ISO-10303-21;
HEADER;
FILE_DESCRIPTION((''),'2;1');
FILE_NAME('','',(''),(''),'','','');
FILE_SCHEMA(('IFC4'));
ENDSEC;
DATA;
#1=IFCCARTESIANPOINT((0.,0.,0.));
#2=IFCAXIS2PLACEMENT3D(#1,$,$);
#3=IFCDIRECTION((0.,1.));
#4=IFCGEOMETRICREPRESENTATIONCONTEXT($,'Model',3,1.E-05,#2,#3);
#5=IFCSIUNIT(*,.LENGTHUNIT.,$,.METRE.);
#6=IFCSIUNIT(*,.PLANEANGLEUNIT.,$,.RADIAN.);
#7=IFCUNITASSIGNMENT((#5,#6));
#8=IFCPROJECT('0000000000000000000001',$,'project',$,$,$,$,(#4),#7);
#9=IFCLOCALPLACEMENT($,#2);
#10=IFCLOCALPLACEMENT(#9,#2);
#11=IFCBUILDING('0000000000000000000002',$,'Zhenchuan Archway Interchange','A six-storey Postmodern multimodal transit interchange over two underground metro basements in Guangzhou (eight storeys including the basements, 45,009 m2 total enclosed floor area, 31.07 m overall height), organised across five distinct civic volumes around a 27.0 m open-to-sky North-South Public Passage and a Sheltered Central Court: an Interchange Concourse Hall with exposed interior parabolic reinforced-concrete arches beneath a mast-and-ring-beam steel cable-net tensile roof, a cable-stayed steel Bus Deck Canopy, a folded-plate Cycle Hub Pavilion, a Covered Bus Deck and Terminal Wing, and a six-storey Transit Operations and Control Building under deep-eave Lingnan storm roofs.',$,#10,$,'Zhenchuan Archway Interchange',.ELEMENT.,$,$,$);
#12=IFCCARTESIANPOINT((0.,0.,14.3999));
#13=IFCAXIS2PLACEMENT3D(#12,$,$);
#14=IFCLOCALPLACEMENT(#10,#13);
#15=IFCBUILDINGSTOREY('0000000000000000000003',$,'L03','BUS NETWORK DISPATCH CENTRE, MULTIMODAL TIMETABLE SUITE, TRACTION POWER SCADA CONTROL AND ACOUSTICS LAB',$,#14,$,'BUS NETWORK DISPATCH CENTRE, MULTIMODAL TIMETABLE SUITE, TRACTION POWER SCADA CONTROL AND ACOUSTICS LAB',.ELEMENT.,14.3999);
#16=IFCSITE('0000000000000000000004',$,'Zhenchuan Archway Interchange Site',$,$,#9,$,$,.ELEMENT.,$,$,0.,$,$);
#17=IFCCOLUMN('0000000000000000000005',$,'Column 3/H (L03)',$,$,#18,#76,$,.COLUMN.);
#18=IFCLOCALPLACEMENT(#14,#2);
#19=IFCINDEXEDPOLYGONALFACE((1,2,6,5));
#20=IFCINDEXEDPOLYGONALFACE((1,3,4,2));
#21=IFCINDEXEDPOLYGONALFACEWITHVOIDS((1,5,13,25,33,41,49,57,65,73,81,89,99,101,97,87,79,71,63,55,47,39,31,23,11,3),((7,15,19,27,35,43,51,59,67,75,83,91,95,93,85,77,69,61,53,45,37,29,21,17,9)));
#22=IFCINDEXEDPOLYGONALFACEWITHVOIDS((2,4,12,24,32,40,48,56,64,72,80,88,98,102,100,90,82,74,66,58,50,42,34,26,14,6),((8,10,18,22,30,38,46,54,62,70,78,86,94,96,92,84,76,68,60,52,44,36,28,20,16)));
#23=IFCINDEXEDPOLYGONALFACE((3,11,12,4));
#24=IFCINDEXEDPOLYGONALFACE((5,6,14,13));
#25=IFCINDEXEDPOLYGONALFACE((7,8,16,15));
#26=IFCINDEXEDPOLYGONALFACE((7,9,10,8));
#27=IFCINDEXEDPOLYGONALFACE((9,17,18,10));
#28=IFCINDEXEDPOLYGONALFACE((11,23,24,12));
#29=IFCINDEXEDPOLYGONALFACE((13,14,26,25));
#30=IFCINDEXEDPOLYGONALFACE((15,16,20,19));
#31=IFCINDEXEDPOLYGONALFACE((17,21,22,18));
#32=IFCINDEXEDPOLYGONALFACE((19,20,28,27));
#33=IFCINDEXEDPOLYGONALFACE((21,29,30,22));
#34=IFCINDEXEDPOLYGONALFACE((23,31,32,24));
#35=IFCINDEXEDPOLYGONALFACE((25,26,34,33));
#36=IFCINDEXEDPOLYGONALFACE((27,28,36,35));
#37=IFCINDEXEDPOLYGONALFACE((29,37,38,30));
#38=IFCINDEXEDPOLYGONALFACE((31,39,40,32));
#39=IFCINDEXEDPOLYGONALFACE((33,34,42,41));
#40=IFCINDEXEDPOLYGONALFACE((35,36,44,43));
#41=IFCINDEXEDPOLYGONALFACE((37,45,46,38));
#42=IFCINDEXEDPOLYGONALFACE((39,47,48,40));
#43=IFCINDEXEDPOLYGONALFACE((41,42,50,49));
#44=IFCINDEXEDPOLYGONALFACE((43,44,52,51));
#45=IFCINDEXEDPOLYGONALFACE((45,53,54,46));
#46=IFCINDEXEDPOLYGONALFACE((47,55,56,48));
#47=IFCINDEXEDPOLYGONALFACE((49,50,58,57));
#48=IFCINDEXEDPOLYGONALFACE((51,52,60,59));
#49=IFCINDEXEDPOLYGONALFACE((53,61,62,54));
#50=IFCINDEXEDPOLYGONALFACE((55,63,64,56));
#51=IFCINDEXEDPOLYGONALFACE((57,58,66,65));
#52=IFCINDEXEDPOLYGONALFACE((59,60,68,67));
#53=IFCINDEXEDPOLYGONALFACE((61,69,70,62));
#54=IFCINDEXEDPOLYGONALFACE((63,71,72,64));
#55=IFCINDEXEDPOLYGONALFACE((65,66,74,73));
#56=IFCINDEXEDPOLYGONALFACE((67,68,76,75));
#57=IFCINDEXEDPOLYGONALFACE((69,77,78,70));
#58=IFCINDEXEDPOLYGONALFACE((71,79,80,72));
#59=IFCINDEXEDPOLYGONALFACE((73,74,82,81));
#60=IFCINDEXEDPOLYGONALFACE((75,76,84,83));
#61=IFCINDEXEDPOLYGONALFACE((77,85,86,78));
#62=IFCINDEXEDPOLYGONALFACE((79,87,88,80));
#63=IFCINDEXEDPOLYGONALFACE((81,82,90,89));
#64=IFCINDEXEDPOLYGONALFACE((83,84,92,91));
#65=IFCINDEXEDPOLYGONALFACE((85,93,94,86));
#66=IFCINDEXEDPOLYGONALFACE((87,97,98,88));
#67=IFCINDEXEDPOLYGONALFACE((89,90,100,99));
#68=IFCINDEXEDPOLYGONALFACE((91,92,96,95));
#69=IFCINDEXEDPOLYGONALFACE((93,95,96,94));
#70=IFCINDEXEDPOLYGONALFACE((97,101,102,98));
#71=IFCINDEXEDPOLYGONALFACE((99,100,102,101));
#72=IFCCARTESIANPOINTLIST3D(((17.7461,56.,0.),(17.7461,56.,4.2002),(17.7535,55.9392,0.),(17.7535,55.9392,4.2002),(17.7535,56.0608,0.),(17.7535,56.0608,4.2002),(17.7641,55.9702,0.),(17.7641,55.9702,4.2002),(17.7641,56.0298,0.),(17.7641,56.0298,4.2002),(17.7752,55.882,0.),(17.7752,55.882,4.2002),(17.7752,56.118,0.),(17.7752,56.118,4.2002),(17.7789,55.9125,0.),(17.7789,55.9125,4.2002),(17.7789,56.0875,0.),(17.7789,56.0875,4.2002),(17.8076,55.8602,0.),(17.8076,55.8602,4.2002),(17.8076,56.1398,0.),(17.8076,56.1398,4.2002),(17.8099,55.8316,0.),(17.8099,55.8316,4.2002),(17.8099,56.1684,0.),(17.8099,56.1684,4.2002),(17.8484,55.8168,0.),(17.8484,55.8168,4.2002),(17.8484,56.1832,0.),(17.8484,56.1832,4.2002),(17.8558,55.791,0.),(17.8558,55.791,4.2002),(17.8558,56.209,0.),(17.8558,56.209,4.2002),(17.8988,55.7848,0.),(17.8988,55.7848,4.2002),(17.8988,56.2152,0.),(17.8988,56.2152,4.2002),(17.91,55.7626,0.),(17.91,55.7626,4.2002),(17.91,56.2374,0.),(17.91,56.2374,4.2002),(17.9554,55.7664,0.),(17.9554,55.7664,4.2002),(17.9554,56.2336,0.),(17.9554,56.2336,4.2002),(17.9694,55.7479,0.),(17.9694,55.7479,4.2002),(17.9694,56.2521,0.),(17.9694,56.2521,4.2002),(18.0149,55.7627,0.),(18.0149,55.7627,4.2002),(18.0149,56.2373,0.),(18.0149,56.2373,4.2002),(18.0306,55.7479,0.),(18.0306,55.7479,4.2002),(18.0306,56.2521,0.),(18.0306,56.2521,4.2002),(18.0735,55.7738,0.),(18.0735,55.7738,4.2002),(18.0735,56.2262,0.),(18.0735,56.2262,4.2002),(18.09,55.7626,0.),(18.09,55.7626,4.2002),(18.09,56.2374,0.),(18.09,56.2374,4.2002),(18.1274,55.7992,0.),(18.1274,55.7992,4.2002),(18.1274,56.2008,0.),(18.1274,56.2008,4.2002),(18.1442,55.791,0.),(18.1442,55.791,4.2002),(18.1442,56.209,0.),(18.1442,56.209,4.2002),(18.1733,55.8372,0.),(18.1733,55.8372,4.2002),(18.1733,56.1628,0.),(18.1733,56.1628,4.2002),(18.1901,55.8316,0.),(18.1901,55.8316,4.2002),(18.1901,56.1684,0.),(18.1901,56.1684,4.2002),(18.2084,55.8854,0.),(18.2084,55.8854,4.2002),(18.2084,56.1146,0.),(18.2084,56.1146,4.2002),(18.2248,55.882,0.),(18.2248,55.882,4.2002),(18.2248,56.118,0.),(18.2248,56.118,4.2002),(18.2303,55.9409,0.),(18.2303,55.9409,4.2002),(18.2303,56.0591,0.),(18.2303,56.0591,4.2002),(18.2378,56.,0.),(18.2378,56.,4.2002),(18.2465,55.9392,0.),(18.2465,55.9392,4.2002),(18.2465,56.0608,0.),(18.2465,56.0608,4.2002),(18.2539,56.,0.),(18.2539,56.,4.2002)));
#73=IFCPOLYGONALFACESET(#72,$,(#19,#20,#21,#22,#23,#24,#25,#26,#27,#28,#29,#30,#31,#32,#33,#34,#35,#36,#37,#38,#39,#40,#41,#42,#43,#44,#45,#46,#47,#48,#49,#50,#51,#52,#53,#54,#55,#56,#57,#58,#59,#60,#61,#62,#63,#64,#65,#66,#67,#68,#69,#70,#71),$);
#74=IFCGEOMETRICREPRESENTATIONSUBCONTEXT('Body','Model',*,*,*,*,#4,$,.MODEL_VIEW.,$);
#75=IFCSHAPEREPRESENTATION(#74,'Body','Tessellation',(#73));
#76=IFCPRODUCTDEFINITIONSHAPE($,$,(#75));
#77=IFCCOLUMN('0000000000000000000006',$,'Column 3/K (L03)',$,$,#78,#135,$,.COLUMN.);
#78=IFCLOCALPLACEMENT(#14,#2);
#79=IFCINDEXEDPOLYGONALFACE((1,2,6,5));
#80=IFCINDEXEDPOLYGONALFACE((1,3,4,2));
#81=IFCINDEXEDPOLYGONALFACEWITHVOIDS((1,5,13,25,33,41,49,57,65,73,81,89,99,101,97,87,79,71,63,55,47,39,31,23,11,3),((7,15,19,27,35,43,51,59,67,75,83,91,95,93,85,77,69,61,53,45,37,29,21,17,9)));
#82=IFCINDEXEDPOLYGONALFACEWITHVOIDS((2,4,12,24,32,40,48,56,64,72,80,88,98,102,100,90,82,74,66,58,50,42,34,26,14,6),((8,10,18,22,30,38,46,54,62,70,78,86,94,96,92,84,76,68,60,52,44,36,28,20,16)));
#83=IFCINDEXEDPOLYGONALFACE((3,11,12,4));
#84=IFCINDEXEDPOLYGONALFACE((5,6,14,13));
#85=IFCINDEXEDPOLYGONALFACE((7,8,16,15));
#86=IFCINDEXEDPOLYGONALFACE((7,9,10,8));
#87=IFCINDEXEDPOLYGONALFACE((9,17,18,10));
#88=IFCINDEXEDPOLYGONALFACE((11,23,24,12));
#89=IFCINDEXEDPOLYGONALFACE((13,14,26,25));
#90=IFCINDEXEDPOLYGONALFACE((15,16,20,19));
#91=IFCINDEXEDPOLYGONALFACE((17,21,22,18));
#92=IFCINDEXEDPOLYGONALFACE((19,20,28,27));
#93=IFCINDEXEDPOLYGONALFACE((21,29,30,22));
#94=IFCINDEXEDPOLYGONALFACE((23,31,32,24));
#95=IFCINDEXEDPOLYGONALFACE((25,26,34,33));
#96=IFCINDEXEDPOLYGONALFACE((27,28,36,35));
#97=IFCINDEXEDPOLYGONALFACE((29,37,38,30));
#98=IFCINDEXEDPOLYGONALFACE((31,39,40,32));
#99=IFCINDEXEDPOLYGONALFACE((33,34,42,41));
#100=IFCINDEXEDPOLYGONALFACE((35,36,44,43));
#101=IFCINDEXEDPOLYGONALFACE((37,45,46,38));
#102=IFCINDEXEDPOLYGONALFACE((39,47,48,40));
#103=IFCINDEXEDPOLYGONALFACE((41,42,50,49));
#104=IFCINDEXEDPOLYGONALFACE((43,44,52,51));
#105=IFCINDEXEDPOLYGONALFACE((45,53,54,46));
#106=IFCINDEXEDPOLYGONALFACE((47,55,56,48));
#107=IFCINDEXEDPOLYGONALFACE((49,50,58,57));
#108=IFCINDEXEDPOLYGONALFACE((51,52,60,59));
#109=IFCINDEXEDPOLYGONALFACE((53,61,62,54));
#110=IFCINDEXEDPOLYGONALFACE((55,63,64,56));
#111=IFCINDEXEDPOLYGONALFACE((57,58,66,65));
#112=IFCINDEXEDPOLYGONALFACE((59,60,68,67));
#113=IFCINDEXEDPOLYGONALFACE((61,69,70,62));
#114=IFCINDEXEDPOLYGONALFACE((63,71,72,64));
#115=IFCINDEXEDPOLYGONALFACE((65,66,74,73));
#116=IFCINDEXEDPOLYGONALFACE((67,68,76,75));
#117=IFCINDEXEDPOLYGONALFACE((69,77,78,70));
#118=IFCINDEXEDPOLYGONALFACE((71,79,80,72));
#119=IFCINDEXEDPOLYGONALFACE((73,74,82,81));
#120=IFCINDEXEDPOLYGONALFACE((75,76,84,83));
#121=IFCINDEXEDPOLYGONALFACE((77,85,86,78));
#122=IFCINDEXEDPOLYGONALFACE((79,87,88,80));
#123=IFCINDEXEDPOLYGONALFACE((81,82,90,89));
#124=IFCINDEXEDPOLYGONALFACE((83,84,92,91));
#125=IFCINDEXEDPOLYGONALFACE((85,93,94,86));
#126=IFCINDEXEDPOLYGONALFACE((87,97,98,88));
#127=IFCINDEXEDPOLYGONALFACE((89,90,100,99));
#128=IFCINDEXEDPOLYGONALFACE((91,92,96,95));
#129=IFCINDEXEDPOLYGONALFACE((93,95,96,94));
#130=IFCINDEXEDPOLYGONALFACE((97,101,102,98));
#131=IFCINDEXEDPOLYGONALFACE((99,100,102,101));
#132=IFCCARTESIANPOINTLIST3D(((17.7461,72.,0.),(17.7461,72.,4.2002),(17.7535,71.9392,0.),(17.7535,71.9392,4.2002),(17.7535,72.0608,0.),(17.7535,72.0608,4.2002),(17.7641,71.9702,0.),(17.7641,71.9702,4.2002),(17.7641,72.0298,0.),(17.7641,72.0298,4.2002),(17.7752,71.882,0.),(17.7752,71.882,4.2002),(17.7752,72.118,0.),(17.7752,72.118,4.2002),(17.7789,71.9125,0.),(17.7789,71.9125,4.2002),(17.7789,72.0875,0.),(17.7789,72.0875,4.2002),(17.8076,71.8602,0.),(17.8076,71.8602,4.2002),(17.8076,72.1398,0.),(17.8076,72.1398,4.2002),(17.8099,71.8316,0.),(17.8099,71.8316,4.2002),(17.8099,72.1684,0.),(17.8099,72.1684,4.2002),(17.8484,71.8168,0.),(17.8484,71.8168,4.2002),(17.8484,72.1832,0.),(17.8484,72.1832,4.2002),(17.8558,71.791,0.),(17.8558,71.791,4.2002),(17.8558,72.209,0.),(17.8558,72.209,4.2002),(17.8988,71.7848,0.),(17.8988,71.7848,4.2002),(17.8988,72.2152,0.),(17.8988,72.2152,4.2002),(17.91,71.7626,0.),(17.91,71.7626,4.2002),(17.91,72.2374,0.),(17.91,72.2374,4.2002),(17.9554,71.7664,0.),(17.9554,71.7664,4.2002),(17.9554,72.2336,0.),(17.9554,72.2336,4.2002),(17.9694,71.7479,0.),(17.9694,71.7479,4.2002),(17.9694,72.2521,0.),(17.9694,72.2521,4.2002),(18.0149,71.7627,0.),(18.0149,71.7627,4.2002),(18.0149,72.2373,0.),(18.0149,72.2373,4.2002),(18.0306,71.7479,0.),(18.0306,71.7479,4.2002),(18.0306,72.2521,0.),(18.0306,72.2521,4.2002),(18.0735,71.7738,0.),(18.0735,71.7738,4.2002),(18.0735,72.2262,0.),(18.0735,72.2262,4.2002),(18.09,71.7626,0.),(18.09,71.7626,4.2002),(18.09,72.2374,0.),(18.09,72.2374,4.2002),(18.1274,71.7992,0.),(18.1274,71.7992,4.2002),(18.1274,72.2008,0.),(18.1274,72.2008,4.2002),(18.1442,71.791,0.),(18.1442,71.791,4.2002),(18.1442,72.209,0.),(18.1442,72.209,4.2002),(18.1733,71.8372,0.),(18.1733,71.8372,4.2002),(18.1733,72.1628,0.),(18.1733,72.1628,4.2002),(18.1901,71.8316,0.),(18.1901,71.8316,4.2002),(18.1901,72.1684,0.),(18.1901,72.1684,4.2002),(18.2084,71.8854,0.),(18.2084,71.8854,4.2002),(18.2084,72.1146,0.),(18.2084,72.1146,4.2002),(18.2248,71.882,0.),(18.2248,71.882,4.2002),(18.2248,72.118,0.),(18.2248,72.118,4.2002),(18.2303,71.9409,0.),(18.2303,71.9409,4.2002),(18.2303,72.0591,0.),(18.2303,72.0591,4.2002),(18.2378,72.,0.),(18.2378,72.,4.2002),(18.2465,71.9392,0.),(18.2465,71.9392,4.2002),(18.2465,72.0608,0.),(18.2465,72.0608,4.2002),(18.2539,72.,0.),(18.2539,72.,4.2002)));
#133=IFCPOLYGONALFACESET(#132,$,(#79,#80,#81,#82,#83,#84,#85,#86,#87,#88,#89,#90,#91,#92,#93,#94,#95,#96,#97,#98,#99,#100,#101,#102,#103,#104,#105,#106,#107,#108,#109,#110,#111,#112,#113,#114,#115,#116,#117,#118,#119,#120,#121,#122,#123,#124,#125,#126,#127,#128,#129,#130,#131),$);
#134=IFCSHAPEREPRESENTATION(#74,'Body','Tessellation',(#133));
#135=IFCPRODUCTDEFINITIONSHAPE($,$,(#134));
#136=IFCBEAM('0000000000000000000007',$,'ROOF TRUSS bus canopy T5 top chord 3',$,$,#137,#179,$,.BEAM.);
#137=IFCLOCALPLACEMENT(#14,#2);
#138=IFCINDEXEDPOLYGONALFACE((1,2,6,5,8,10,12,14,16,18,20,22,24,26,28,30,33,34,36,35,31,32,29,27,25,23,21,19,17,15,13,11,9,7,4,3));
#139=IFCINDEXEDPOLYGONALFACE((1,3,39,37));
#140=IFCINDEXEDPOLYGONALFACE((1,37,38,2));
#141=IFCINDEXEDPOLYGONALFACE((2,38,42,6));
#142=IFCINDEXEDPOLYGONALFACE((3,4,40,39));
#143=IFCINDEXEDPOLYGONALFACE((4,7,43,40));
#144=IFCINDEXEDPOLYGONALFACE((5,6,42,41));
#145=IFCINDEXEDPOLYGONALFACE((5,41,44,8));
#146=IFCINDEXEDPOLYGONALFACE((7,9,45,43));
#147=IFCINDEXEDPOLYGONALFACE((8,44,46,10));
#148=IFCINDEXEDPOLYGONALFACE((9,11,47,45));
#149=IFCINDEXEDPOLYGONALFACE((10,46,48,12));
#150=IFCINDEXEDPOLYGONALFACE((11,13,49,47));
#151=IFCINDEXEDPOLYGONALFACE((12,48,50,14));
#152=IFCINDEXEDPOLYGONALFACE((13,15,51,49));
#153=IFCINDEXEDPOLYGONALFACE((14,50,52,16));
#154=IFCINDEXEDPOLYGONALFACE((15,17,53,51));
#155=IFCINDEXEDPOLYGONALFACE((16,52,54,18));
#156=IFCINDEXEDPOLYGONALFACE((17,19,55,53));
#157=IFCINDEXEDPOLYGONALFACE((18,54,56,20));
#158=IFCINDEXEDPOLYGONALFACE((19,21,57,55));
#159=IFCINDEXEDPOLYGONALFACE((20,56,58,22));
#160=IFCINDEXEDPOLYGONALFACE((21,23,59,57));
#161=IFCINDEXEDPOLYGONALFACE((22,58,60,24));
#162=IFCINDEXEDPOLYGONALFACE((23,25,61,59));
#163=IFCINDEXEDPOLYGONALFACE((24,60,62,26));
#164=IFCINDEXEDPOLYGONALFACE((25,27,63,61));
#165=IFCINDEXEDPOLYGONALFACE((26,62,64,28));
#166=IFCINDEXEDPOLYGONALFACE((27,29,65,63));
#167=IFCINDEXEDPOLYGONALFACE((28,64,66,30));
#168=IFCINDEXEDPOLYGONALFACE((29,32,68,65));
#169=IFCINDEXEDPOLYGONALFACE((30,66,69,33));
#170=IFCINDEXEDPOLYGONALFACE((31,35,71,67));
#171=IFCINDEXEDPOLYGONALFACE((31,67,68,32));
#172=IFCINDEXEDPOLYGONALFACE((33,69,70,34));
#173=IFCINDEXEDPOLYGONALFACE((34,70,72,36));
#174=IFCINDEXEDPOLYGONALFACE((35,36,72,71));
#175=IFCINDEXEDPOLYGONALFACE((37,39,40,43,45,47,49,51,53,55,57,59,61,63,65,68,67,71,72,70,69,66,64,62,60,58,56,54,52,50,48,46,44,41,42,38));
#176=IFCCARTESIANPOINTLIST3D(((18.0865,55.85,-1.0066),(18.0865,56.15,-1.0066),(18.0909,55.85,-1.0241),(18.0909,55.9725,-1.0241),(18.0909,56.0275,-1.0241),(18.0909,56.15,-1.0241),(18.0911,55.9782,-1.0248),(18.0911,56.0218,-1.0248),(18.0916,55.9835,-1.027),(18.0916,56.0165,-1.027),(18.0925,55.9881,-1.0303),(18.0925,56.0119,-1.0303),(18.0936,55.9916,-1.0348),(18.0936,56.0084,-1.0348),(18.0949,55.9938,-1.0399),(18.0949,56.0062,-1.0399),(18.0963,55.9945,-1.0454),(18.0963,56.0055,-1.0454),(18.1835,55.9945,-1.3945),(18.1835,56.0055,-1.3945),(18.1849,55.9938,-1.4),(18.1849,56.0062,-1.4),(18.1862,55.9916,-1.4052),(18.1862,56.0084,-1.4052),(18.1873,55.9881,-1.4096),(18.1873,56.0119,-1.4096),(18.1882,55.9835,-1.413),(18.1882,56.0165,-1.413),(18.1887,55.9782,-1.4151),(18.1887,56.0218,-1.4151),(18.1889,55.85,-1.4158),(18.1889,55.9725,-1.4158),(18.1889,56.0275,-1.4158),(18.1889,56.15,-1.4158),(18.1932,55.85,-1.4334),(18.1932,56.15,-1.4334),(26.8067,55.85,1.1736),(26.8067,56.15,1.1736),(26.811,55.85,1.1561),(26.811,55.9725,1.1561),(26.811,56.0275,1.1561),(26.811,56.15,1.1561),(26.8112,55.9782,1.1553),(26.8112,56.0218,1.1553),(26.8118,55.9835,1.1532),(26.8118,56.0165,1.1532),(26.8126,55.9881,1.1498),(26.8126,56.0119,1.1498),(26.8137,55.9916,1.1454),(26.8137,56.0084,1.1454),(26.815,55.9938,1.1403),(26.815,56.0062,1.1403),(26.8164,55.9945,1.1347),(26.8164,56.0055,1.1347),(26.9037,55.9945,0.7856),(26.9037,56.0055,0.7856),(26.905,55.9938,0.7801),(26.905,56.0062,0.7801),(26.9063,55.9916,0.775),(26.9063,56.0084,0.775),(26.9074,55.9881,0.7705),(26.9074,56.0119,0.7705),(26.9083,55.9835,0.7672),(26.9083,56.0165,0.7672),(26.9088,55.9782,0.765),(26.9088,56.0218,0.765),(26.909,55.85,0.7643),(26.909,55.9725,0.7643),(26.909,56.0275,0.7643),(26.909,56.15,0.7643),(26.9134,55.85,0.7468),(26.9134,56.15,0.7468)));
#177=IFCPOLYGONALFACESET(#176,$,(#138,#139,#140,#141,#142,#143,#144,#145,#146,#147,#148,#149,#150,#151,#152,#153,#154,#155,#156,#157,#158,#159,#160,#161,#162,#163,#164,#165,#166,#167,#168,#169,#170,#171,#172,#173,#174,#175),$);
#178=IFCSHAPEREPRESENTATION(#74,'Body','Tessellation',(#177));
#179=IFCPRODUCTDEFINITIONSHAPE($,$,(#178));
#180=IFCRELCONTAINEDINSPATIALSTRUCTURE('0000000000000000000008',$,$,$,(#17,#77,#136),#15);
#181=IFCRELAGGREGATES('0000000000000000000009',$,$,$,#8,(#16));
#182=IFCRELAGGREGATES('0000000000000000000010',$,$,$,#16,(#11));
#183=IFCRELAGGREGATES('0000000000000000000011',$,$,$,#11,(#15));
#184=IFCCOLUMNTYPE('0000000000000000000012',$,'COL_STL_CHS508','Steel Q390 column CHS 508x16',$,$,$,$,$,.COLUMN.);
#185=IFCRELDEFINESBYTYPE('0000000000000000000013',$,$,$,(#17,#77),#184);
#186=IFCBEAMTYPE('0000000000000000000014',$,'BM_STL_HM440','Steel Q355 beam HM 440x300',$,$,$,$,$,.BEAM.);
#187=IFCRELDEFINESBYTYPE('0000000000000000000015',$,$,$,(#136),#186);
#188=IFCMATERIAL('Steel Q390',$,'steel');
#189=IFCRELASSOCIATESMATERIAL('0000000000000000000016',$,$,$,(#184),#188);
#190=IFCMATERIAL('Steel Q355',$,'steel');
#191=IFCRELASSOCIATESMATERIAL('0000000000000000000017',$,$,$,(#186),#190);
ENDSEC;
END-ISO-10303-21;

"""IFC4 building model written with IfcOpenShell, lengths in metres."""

from ifc_helpers import new_model, si_unit, direction, frame, origin, origin_2d, place, context, subcontext, project, spatial, hollow_circle, i_section, extrude, material, material_profile, profile_set, type_object, element, save


model = new_model("IFC4")

# Units and contexts
model_context = context("Model", 3, precision=1e-05, world=origin(), true_north=direction((0.0, 1.0)))
body_context = subcontext(model_context, "Body", "Model", "MODEL_VIEW")
ifc_project = project(units=[si_unit("LENGTHUNIT", "METRE"), si_unit("PLANEANGLEUNIT", "RADIAN")], contexts=[model_context])

# Site, building, storey
site_placement = place(None, origin())
site = spatial("IfcSite", under=ifc_project, at=site_placement, Name="Zhenchuan Archway Interchange Site", CompositionType="ELEMENT", RefElevation=0.0)
building_placement = place(site_placement, origin())
building = spatial("IfcBuilding", under=site, at=building_placement, Name="Zhenchuan Archway Interchange", Description="A six-storey Postmodern multimodal transit interchange over two underground metro basements in Guangzhou (eight storeys including the basements, 45,009 m2 total enclosed floor area, 31.07 m overall height), organised across five distinct civic volumes around a 27.0 m open-to-sky North-South Public Passage and a Sheltered Central Court: an Interchange Concourse Hall with exposed interior parabolic reinforced-concrete arches beneath a mast-and-ring-beam steel cable-net tensile roof, a cable-stayed steel Bus Deck Canopy, a folded-plate Cycle Hub Pavilion, a Covered Bus Deck and Terminal Wing, and a six-storey Transit Operations and Control Building under deep-eave Lingnan storm roofs.", LongName="Zhenchuan Archway Interchange", CompositionType="ELEMENT")
storey_placement = place(building_placement, frame((0.0, 0.0, 14.3999)))
storey = spatial("IfcBuildingStorey", under=building, at=storey_placement, Name="L03", Description="BUS NETWORK DISPATCH CENTRE, MULTIMODAL TIMETABLE SUITE, TRACTION POWER SCADA CONTROL AND ACOUSTICS LAB", LongName="BUS NETWORK DISPATCH CENTRE, MULTIMODAL TIMETABLE SUITE, TRACTION POWER SCADA CONTROL AND ACOUSTICS LAB", CompositionType="ELEMENT", Elevation=14.3999)

# Columns
ifc_material_1 = material(Name="Steel Q390", Category="steel")
ifc_material_profile_1 = material_profile(ifc_material_1, hollow_circle(Radius=0.2539, WallThickness=0.0161, at=origin_2d()), Name="CHS 508x16")
ifc_profile_set_1 = profile_set([ifc_material_profile_1], Name="Steel Q390")
column_type = type_object("IfcColumnType", Name="COL_STL_CHS508", Description="Steel Q390 column CHS 508x16", PredefinedType="COLUMN", material=ifc_profile_set_1)
for number, where, z_axis, x_axis, name in (
    (1, (18.0, 56.0, 0.0), (0.0, 0.0, 1.0), (1.0, 0.0, 0.0), "Column 3/H (L03)"),
    (2, (18.0, 72.0, 0.0), (0.0, 0.0, 1.0), (1.0, 0.0, 0.0), "Column 3/K (L03)"),
):
    element("IfcColumn", number, at=place(storey_placement, frame(where, z_axis=z_axis, x_axis=x_axis)), inside=storey, type_object=column_type, Name=name, PredefinedType="COLUMN", context=body_context, shape_type="SweptSolid", body=[
        extrude(hollow_circle(Radius=0.2539, WallThickness=0.0161, at=origin_2d()), origin(), (0.0, 0.0, 1.0), 4.2002),
    ])

# Beam
ifc_material_2 = material(Name="Steel Q355", Category="steel")
ifc_material_profile_2 = material_profile(ifc_material_2, i_section(OverallWidth=0.3, OverallDepth=0.4399, WebThickness=0.011, FlangeThickness=0.0181, FilletRadius=0.022, at=origin_2d()), Name="HM 440x300")
ifc_profile_set_2 = profile_set([ifc_material_profile_2], Name="Steel Q355")
beam_type_1 = type_object("IfcBeamType", Name="BM_STL_HM440", Description="Steel Q355 beam HM 440x300", PredefinedType="BEAM", material=ifc_profile_set_2)
for number, where, z_axis, x_axis, name in (
    (3, (18.1399, 56.0, -1.22), (0.970139, 0.0, 0.242548), (0.0, 1.0, 0.0), "ROOF TRUSS bus canopy T5 top chord 3"),
):
    element("IfcBeam", number, at=place(storey_placement, frame(where, z_axis=z_axis, x_axis=x_axis)), inside=storey, type_object=beam_type_1, Name=name, PredefinedType="BEAM", context=body_context, shape_type="SweptSolid", body=[
        extrude(i_section(OverallWidth=0.3, OverallDepth=0.4399, WebThickness=0.011, FlangeThickness=0.0181, FilletRadius=0.022, at=origin_2d()), origin(), (0.0, 0.0, 1.0), 8.9885),
    ])

save(model, "model.ifc")
